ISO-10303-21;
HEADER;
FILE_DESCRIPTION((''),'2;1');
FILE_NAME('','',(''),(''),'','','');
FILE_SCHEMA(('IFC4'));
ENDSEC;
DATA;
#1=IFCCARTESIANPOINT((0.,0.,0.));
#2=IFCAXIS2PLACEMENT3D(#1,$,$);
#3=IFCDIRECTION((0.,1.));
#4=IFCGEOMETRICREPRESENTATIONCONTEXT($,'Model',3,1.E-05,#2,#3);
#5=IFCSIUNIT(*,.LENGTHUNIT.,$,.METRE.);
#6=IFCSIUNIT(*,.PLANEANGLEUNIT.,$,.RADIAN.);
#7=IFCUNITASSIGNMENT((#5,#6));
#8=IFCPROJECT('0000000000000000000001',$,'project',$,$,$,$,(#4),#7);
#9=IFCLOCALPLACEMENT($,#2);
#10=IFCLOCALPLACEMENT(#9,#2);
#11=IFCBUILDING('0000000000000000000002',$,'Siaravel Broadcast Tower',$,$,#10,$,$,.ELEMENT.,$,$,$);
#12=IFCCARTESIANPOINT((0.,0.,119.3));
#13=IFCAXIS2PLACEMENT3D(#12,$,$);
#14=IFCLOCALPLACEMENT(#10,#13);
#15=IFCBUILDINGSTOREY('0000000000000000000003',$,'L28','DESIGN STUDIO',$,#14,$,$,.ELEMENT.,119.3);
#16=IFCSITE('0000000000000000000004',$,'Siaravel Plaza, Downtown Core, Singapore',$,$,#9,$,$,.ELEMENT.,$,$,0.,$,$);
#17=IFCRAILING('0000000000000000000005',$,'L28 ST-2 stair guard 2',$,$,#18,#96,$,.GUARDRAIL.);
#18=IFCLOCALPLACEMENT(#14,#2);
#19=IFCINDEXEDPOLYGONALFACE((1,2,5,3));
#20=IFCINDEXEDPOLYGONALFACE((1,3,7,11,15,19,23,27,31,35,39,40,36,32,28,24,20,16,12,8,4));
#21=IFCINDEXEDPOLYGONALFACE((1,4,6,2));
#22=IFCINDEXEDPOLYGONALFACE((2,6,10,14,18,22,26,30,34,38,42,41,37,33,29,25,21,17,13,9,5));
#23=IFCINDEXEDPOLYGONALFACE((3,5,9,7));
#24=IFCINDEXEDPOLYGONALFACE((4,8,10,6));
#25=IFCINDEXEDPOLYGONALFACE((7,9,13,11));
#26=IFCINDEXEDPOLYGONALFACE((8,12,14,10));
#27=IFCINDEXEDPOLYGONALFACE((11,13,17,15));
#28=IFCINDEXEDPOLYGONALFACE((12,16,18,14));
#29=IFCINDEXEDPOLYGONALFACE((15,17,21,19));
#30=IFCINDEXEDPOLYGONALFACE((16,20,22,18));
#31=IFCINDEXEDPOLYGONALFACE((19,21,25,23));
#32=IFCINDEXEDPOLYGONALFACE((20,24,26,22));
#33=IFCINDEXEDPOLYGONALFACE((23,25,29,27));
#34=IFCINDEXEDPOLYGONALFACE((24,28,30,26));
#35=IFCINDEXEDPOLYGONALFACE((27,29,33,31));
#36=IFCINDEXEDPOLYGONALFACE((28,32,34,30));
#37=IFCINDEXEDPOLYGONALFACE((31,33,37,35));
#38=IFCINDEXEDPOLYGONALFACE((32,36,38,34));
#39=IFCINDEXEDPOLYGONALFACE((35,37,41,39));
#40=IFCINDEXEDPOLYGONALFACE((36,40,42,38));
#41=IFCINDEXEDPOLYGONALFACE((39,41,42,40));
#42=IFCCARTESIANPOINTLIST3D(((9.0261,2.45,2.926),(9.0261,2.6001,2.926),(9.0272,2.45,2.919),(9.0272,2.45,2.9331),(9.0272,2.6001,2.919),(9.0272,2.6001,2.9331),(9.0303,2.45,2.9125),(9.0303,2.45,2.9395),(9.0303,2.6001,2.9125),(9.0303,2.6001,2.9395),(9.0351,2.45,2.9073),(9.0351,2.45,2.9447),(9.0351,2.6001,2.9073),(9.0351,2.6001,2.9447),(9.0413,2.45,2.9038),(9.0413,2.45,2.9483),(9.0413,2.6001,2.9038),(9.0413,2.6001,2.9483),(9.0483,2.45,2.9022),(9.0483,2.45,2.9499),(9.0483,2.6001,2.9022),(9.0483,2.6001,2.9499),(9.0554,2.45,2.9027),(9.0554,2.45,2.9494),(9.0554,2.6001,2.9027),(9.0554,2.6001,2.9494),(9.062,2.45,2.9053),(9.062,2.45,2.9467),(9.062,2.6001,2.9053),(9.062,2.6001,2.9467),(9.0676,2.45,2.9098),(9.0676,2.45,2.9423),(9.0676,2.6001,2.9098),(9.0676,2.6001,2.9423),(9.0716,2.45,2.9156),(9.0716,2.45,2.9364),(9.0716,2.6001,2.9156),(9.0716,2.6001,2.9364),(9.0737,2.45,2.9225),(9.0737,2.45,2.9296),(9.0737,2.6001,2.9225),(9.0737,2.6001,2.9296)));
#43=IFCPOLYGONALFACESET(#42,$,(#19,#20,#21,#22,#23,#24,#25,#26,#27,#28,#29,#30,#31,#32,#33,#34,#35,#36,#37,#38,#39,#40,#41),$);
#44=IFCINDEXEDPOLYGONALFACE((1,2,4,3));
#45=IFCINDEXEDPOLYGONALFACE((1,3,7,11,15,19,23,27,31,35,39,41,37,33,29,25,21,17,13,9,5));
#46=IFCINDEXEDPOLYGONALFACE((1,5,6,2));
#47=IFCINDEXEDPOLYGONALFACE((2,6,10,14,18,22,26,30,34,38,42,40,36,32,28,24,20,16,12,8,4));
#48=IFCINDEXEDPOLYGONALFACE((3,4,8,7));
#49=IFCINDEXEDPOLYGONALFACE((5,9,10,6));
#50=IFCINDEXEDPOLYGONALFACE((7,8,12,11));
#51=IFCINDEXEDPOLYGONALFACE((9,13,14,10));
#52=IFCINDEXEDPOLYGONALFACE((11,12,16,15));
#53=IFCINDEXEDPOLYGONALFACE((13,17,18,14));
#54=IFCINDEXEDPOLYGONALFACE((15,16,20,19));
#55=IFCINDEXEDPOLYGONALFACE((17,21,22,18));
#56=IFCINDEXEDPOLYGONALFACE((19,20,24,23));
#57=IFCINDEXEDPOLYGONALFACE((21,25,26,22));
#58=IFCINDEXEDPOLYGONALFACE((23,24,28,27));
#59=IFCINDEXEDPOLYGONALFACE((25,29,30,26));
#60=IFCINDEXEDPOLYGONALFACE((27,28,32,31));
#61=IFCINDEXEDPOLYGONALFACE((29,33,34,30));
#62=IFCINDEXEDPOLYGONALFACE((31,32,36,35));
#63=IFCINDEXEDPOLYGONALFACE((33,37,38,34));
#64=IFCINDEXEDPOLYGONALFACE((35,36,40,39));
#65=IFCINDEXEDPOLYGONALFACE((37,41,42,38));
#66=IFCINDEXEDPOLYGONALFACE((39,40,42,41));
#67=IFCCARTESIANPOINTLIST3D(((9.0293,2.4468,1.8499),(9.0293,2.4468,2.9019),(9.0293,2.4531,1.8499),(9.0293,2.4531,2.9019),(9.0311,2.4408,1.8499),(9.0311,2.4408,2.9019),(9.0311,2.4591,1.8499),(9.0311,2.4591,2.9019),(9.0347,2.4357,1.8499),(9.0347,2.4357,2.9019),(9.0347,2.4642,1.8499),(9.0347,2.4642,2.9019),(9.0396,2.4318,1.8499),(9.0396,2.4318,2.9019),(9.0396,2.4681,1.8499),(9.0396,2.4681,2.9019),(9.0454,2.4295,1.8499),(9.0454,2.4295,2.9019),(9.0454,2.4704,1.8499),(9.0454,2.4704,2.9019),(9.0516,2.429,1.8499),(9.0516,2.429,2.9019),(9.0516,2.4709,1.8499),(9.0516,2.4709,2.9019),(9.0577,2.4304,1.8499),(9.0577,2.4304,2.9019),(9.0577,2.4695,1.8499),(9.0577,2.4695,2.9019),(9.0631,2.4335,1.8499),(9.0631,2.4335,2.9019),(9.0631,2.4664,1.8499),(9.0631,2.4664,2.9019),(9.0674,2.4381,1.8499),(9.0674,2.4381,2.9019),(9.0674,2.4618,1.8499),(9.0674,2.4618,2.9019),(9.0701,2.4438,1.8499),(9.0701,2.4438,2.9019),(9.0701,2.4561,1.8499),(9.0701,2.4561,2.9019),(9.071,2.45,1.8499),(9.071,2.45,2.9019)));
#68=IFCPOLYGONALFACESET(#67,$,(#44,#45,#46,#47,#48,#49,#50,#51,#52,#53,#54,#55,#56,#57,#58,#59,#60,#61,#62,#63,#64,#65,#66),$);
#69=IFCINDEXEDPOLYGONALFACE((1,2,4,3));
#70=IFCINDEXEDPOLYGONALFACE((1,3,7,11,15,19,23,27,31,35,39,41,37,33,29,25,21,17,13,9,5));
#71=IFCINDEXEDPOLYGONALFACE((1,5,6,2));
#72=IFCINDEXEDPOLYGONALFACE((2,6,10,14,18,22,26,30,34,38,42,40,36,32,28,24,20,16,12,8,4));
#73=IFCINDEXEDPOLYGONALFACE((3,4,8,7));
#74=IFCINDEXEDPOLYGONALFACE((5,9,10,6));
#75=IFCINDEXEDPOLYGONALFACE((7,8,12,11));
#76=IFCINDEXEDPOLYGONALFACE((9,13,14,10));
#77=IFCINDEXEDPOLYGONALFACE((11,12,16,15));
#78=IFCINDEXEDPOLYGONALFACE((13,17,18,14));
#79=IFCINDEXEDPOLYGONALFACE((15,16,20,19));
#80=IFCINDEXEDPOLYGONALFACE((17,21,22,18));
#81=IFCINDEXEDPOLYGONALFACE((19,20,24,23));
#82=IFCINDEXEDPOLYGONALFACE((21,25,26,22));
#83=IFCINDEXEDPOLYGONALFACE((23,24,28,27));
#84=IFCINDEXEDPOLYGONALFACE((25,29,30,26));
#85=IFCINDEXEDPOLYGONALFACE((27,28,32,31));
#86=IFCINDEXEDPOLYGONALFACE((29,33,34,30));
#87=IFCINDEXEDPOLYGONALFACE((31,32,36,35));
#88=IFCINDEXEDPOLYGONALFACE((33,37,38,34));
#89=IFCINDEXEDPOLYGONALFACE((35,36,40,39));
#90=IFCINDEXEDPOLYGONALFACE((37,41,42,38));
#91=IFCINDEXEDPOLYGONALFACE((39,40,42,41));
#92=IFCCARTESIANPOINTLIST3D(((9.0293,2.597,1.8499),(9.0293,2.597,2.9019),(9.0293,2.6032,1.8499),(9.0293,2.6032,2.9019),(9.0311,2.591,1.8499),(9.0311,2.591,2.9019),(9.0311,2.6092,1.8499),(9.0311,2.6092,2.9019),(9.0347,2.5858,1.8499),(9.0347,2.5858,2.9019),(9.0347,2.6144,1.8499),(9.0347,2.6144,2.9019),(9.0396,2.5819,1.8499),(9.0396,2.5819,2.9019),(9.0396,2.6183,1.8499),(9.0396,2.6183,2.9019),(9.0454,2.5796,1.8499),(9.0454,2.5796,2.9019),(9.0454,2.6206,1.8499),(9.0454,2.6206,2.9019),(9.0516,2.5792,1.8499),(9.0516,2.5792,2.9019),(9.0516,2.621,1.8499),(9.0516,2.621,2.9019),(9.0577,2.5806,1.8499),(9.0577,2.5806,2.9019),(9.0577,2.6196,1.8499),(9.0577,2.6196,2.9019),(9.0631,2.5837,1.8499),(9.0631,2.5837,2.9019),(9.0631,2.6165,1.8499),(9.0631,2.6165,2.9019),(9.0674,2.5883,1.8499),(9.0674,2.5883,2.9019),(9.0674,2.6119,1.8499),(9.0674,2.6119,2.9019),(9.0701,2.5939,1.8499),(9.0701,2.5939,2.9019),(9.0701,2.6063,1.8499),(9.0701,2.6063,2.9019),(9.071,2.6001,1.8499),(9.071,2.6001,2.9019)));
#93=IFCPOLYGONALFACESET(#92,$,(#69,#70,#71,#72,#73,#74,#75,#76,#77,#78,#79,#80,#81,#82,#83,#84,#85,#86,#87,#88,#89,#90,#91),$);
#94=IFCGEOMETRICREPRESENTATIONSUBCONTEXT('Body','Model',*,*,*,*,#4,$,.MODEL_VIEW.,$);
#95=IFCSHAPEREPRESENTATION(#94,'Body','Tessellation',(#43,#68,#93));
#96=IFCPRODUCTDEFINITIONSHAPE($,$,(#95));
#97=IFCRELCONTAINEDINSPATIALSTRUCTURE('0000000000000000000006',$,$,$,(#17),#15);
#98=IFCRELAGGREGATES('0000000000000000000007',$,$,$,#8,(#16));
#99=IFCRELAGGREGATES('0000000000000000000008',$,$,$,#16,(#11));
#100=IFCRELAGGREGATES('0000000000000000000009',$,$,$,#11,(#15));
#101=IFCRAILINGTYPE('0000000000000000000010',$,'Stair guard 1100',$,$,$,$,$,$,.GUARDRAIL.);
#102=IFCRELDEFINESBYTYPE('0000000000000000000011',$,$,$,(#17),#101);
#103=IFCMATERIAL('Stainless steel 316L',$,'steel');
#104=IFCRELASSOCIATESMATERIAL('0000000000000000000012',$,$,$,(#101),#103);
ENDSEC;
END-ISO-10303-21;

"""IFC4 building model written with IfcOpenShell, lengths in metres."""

from ifc_helpers import new_model, si_unit, direction, frame, origin, origin_2d, place, context, subcontext, project, spatial, circle, extrude, material, type_object, element, save


model = new_model("IFC4")

# Units and contexts
model_context = context("Model", 3, precision=1e-05, world=origin(), true_north=direction((0.0, 1.0)))
body_context = subcontext(model_context, "Body", "Model", "MODEL_VIEW")
ifc_project = project(units=[si_unit("LENGTHUNIT", "METRE"), si_unit("PLANEANGLEUNIT", "RADIAN")], contexts=[model_context])

# Site, building, storey
site_placement = place(None, origin())
site = spatial("IfcSite", under=ifc_project, at=site_placement, Name="Siaravel Plaza, Downtown Core, Singapore", CompositionType="ELEMENT", RefElevation=0.0)
building_placement = place(site_placement, origin())
building = spatial("IfcBuilding", under=site, at=building_placement, Name="Siaravel Broadcast Tower", CompositionType="ELEMENT")
storey_placement = place(building_placement, frame((0.0, 0.0, 119.3)))
storey = spatial("IfcBuildingStorey", under=building, at=storey_placement, Name="L28", Description="DESIGN STUDIO", CompositionType="ELEMENT", Elevation=119.3)

# Railing
ifc_material_1 = material(Name="Stainless steel 316L", Category="steel")
railing_type_1 = type_object("IfcRailingType", Name="Stair guard 1100", PredefinedType="GUARDRAIL", material=ifc_material_1)
railing_1_placement = place(storey_placement, frame((9.05, 2.45, 1.8499)))
element("IfcRailing", 1, at=railing_1_placement, inside=storey, type_object=railing_type_1, Name="L28 ST-2 stair guard 2", PredefinedType="GUARDRAIL", context=body_context, shape_type="SweptSolid", body=[
    extrude(circle(Radius=0.0239, at=origin_2d()), frame((0.0, 0.0, 1.0762), z_axis=(0.0, 1.0, 0.0), x_axis=(-1.0, 0.0, 0.0)), (0.0, 0.0, 1.0), 0.1501),
    extrude(circle(Radius=0.021, at=origin_2d()), origin(), (0.0, 0.0, 1.0), 1.052),
    extrude(circle(Radius=0.021, at=origin_2d()), frame((0.0, 0.1501, 0.0)), (0.0, 0.0, 1.0), 1.052),
])

save(model, "model.ifc")
